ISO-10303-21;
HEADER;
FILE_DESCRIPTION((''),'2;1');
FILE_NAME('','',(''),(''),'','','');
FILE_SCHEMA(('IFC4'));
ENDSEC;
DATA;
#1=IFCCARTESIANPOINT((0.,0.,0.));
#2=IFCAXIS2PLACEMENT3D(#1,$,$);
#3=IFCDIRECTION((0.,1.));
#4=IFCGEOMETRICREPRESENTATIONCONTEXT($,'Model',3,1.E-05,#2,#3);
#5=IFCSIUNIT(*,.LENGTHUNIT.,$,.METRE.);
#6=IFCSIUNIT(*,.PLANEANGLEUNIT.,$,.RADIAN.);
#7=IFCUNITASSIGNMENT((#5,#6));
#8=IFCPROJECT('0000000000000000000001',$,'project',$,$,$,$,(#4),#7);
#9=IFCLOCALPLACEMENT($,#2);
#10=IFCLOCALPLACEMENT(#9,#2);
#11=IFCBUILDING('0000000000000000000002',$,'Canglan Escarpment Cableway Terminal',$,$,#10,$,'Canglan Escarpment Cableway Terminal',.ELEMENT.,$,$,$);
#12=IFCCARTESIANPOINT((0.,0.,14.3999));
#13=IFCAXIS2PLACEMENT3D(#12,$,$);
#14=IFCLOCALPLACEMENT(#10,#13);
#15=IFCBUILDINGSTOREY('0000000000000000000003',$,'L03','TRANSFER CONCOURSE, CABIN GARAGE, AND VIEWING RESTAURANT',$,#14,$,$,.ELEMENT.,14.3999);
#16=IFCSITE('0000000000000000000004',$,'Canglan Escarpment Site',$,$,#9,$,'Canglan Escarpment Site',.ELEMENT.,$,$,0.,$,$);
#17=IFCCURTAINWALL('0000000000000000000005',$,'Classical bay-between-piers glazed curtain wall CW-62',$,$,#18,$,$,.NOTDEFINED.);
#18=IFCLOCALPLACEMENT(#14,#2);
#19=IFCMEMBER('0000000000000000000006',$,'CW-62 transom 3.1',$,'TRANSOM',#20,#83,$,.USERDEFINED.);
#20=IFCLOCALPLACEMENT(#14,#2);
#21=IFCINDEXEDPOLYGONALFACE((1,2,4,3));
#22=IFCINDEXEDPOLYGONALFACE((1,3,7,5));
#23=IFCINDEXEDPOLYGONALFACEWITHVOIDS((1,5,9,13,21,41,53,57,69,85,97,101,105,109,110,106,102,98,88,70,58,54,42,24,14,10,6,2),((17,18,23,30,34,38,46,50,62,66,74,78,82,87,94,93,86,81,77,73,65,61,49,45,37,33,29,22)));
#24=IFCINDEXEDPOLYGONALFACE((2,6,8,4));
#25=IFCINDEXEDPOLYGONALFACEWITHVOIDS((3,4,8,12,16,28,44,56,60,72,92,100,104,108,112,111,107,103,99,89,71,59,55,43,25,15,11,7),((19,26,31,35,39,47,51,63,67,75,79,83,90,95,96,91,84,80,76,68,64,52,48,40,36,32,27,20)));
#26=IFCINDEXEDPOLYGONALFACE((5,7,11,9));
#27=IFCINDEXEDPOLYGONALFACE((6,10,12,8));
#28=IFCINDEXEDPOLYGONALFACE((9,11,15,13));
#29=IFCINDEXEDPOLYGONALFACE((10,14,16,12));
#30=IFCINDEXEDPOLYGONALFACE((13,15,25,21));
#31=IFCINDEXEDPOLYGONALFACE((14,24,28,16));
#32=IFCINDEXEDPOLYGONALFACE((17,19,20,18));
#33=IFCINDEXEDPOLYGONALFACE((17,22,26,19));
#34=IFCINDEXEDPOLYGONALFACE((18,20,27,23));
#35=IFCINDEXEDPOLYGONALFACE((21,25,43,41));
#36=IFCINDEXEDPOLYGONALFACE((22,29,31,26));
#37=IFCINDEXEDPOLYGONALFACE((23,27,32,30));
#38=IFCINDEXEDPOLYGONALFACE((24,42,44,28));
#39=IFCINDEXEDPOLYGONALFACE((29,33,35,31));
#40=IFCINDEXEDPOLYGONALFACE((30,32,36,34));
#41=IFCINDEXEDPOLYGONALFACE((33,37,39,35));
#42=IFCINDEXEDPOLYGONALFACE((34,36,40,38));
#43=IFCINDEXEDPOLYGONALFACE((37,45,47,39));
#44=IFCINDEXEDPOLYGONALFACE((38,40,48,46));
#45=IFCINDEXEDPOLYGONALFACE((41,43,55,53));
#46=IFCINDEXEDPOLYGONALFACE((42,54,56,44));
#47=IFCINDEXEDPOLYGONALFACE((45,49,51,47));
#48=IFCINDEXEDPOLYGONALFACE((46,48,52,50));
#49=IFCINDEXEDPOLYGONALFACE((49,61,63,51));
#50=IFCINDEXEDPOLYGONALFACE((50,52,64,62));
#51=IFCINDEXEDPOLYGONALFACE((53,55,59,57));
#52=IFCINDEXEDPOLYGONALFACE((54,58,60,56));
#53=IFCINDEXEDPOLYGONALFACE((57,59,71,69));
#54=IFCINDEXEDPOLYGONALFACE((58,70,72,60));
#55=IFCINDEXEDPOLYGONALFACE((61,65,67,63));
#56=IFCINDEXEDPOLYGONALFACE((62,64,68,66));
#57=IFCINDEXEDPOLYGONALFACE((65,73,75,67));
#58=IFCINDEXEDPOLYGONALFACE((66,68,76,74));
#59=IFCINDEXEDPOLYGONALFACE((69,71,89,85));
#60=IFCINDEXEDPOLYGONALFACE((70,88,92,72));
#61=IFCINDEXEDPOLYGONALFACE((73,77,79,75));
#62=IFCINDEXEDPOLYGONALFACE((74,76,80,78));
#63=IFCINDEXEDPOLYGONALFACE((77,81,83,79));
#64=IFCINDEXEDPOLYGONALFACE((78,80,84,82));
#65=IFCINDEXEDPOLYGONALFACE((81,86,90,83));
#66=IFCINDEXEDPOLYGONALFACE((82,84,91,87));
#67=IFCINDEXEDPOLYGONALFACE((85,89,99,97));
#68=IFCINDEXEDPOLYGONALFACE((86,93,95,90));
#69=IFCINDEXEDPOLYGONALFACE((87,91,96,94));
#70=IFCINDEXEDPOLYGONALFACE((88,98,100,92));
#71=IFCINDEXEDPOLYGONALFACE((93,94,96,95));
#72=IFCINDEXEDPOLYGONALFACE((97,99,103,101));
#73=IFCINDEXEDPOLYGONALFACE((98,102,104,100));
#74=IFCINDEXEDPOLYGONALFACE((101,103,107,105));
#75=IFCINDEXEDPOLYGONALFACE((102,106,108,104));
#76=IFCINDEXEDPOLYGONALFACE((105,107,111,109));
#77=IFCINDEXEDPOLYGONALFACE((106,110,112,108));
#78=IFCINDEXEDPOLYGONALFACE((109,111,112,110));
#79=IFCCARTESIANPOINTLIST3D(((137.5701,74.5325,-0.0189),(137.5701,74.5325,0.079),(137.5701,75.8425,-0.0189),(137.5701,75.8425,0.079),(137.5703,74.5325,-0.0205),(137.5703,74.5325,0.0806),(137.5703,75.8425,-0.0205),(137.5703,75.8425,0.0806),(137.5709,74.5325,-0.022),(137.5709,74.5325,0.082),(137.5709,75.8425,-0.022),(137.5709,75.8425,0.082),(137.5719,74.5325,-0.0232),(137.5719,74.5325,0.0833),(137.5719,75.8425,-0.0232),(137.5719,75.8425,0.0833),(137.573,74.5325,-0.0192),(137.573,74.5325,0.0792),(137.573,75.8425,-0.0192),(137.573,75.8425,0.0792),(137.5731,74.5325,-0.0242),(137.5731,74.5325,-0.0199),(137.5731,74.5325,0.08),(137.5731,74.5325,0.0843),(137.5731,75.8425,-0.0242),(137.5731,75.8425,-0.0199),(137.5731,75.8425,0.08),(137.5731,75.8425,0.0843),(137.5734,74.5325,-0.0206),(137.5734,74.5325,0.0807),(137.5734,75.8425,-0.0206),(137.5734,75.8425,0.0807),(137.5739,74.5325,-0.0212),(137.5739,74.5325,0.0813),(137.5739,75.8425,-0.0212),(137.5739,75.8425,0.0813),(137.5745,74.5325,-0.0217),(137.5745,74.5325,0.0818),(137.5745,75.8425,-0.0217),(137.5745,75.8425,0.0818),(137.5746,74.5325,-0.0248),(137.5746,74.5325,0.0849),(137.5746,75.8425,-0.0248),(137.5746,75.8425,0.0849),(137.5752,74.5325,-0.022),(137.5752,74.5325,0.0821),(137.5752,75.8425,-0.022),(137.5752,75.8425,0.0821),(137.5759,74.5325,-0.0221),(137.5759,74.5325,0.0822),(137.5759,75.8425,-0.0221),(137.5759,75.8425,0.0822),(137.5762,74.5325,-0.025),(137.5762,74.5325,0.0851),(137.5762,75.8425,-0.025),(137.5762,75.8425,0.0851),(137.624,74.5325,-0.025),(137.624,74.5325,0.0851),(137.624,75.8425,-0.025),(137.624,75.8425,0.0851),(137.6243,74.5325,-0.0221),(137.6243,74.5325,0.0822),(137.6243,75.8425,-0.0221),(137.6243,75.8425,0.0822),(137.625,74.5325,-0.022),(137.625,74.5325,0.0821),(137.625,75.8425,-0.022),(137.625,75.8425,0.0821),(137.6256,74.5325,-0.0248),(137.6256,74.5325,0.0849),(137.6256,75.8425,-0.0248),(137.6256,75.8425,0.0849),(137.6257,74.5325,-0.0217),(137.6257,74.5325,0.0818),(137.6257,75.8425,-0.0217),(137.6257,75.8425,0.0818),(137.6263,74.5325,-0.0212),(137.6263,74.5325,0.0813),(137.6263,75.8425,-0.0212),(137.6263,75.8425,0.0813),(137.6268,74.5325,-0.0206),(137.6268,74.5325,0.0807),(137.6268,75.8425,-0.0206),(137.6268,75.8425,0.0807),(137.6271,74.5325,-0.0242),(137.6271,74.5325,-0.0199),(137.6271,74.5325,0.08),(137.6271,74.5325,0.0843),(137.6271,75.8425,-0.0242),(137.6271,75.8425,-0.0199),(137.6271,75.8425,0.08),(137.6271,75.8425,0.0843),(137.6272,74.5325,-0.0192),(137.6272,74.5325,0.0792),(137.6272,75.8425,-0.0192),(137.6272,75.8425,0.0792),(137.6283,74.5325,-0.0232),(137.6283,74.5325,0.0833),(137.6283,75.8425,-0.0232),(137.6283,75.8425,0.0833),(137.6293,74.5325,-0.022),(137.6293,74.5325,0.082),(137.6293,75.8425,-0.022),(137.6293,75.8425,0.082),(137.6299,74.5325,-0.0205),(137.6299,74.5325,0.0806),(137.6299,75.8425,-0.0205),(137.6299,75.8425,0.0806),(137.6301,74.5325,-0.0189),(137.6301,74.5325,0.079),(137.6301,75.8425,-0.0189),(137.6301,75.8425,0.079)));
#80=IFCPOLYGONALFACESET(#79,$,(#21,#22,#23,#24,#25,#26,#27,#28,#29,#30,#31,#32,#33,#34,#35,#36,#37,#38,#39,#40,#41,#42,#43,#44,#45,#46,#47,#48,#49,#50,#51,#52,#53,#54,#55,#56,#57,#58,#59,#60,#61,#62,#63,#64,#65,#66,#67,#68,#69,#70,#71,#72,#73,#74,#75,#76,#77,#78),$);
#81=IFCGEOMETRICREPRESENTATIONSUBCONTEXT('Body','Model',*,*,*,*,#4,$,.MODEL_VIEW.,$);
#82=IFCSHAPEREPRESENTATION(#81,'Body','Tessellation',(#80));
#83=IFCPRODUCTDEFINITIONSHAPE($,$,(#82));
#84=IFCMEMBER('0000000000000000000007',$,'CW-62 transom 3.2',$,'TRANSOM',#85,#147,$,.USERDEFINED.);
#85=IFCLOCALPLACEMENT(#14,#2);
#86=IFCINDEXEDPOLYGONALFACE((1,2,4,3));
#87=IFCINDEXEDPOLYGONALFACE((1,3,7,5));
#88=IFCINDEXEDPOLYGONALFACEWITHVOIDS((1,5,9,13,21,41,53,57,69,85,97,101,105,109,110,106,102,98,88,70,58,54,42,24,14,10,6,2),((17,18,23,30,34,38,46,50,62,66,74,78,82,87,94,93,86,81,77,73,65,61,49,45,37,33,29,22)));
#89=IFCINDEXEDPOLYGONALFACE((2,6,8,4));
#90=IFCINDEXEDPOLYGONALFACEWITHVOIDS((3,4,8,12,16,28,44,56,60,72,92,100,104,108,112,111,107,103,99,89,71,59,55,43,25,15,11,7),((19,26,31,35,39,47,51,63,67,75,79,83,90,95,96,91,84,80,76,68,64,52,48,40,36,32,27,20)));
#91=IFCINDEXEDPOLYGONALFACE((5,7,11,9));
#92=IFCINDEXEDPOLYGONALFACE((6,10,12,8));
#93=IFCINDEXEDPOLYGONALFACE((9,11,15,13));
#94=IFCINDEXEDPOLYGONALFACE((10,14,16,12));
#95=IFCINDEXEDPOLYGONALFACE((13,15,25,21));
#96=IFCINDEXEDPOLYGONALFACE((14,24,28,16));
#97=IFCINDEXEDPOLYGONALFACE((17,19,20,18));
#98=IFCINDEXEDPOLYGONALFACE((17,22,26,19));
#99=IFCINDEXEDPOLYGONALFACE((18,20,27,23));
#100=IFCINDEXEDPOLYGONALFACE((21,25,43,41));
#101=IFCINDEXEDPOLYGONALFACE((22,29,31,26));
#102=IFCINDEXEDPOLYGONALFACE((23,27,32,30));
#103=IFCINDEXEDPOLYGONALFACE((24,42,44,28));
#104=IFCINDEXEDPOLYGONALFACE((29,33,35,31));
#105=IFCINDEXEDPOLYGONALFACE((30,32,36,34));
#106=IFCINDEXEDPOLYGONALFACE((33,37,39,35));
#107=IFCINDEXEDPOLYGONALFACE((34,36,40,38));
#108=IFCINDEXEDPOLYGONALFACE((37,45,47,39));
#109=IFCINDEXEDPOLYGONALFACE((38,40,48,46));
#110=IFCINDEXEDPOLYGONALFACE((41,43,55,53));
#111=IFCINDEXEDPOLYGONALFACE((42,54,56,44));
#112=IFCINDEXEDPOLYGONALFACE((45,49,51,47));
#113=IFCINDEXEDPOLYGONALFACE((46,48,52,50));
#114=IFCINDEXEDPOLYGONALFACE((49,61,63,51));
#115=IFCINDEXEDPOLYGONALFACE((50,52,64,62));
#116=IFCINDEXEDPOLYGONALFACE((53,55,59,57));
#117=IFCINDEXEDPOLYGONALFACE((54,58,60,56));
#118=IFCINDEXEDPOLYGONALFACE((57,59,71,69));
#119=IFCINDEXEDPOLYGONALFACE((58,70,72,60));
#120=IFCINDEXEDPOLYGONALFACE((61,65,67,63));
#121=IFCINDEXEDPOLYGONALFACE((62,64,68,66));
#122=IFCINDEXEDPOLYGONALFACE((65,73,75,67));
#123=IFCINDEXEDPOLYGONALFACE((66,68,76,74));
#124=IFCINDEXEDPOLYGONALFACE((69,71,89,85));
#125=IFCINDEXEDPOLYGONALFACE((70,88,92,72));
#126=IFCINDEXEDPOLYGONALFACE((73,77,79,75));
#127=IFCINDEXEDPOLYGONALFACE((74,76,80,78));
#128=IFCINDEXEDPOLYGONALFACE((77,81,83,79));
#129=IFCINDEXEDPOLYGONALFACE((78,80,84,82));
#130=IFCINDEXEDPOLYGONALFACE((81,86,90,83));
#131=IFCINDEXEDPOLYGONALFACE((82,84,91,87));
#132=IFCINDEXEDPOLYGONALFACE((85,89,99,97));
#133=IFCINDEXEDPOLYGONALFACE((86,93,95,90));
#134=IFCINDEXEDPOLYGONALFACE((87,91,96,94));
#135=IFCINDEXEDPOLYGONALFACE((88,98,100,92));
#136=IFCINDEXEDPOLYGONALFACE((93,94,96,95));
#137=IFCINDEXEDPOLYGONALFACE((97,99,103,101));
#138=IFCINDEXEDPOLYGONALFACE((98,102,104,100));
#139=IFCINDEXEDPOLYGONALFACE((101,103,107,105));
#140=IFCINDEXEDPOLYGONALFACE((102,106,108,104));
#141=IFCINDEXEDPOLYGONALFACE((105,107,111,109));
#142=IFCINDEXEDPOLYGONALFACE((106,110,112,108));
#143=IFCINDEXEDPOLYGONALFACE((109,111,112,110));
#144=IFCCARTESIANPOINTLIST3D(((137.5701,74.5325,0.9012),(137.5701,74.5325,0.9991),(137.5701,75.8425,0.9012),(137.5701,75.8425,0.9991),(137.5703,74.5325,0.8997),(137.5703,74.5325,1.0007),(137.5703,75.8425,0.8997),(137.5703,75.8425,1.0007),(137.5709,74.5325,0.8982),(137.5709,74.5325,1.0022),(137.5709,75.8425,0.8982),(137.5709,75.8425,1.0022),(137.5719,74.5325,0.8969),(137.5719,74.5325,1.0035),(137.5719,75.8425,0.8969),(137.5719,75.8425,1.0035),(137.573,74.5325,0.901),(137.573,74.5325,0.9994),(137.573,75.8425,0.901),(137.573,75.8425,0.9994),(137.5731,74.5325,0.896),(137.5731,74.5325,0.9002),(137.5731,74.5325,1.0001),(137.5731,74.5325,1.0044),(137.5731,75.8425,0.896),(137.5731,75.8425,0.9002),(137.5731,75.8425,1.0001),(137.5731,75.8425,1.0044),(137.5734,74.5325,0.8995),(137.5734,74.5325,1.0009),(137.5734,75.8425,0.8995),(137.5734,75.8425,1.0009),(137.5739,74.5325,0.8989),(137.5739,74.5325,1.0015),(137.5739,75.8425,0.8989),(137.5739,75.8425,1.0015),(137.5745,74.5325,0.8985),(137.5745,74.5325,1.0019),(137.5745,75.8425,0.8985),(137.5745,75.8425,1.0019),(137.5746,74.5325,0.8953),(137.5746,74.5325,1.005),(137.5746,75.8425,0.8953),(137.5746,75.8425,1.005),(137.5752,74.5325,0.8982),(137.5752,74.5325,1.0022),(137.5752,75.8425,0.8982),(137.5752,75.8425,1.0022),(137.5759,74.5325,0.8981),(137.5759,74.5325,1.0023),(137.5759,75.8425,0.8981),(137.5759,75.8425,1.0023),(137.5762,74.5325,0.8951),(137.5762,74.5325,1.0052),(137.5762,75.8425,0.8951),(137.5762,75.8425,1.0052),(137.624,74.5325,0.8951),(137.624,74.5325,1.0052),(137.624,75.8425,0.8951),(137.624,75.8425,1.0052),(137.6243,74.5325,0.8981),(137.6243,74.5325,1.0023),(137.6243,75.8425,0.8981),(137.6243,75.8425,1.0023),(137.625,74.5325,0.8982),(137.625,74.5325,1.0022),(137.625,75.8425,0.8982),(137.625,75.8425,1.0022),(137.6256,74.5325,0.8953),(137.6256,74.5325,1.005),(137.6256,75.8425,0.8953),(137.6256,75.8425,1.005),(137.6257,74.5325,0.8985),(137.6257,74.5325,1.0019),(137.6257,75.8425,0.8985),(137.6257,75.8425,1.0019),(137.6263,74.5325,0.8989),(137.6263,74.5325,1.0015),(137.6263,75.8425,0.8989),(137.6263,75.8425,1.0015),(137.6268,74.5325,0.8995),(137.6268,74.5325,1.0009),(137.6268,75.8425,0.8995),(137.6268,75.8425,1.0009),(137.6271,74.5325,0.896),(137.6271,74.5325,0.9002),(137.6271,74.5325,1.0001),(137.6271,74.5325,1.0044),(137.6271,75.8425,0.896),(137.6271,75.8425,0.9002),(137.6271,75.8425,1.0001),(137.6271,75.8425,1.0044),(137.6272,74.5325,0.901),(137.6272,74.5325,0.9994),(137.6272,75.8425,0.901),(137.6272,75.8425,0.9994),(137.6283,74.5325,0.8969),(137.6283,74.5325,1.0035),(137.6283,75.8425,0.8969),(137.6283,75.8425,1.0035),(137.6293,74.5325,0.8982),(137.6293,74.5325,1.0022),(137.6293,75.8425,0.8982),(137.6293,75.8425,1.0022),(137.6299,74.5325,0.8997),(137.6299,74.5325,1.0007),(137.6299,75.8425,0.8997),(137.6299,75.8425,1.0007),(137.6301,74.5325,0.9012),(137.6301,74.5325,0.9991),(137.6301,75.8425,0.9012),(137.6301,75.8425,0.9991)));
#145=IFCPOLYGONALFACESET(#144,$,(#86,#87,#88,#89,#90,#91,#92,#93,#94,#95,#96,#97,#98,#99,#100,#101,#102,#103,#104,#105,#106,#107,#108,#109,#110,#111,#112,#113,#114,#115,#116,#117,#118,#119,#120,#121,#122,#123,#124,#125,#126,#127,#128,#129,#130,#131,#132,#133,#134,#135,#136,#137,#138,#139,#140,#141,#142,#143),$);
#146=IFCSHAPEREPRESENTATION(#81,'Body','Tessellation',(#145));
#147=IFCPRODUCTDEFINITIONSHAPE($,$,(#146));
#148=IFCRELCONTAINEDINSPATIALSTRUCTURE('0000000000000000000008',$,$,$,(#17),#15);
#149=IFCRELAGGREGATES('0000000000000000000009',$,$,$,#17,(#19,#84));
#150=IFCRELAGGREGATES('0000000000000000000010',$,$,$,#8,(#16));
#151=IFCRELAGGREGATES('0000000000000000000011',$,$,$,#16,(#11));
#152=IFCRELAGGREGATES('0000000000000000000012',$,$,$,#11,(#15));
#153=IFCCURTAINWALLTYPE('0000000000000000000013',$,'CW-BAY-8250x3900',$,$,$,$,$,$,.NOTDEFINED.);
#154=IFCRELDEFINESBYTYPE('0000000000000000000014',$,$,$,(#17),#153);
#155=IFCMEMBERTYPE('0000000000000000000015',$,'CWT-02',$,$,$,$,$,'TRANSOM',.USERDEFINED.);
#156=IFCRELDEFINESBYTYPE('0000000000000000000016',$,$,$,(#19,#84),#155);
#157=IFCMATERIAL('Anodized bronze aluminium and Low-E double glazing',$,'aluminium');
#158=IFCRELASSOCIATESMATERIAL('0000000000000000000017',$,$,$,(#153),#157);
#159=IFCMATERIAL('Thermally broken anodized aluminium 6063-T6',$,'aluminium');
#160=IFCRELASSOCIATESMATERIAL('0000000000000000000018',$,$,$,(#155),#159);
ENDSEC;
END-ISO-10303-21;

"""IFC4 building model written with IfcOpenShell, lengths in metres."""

from ifc_helpers import new_model, si_unit, direction, frame, origin, origin_2d, place, context, subcontext, project, spatial, hollow_rectangle, extrude, material, material_profile, profile_set, type_object, element, aggregate, save


model = new_model("IFC4")

# Units and contexts
model_context = context("Model", 3, precision=1e-05, world=origin(), true_north=direction((0.0, 1.0)))
body_context = subcontext(model_context, "Body", "Model", "MODEL_VIEW")
ifc_project = project(units=[si_unit("LENGTHUNIT", "METRE"), si_unit("PLANEANGLEUNIT", "RADIAN")], contexts=[model_context])

# Site, building, storey
site_placement = place(None, origin())
site = spatial("IfcSite", under=ifc_project, at=site_placement, Name="Canglan Escarpment Site", LongName="Canglan Escarpment Site", CompositionType="ELEMENT", RefElevation=0.0)
building_placement = place(site_placement, origin())
building = spatial("IfcBuilding", under=site, at=building_placement, Name="Canglan Escarpment Cableway Terminal", LongName="Canglan Escarpment Cableway Terminal", CompositionType="ELEMENT")
storey_placement = place(building_placement, frame((0.0, 0.0, 14.3999)))
storey = spatial("IfcBuildingStorey", under=building, at=storey_placement, Name="L03", Description="TRANSFER CONCOURSE, CABIN GARAGE, AND VIEWING RESTAURANT", CompositionType="ELEMENT", Elevation=14.3999)

# Curtain wall, members
ifc_material_1 = material(Name="Anodized bronze aluminium and Low-E double glazing", Category="aluminium")
curtain_wall_type = type_object("IfcCurtainWallType", Name="CW-BAY-8250x3900", PredefinedType="NOTDEFINED", material=ifc_material_1)
curtain_wall_placement = place(storey_placement, origin())
curtain_wall = element("IfcCurtainWall", 1, at=curtain_wall_placement, inside=storey, type_object=curtain_wall_type, Name="Classical bay-between-piers glazed curtain wall CW-62", PredefinedType="NOTDEFINED")
ifc_material_2 = material(Name="Thermally broken anodized aluminium 6063-T6", Category="aluminium")
ifc_material_profile_1 = material_profile(ifc_material_2, hollow_rectangle(XDim=0.0601, YDim=0.1101, WallThickness=0.0029, InnerFilletRadius=0.0029, OuterFilletRadius=0.0061, at=origin_2d()), Name="ALU-TRAN 60x110x3")
ifc_profile_set_1 = profile_set([ifc_material_profile_1], Name="Thermally broken anodized aluminium 6063-T6")
member_type_1 = type_object("IfcMemberType", Name="CWT-02", ElementType="TRANSOM", PredefinedType="USERDEFINED", material=ifc_profile_set_1)
member_1_placement = place(storey_placement, frame((137.6001, 75.8425, 0.03), z_axis=(0.0, -1.0, 0.0), x_axis=(1.0, 0.0, 0.0)))
member_1 = element("IfcMember", 2, at=member_1_placement, type_object=member_type_1, Name="CW-62 transom 3.1", ObjectType="TRANSOM", PredefinedType="USERDEFINED", context=body_context, shape_type="SweptSolid", body=[
    extrude(hollow_rectangle(XDim=0.0601, YDim=0.1101, WallThickness=0.0029, InnerFilletRadius=0.0029, OuterFilletRadius=0.0061, at=origin_2d()), origin(), (0.0, 0.0, 1.0), 1.3101),
])
member_2_placement = place(storey_placement, frame((137.6001, 75.8425, 0.9502), z_axis=(0.0, -1.0, 0.0), x_axis=(1.0, 0.0, 0.0)))
member_2 = element("IfcMember", 3, at=member_2_placement, type_object=member_type_1, Name="CW-62 transom 3.2", ObjectType="TRANSOM", PredefinedType="USERDEFINED", context=body_context, shape_type="SweptSolid", body=[
    extrude(hollow_rectangle(XDim=0.0601, YDim=0.1101, WallThickness=0.0029, InnerFilletRadius=0.0029, OuterFilletRadius=0.0061, at=origin_2d()), origin(), (0.0, 0.0, 1.0), 1.3101),
])

aggregate(curtain_wall, [member_1, member_2])

save(model, "model.ifc")
